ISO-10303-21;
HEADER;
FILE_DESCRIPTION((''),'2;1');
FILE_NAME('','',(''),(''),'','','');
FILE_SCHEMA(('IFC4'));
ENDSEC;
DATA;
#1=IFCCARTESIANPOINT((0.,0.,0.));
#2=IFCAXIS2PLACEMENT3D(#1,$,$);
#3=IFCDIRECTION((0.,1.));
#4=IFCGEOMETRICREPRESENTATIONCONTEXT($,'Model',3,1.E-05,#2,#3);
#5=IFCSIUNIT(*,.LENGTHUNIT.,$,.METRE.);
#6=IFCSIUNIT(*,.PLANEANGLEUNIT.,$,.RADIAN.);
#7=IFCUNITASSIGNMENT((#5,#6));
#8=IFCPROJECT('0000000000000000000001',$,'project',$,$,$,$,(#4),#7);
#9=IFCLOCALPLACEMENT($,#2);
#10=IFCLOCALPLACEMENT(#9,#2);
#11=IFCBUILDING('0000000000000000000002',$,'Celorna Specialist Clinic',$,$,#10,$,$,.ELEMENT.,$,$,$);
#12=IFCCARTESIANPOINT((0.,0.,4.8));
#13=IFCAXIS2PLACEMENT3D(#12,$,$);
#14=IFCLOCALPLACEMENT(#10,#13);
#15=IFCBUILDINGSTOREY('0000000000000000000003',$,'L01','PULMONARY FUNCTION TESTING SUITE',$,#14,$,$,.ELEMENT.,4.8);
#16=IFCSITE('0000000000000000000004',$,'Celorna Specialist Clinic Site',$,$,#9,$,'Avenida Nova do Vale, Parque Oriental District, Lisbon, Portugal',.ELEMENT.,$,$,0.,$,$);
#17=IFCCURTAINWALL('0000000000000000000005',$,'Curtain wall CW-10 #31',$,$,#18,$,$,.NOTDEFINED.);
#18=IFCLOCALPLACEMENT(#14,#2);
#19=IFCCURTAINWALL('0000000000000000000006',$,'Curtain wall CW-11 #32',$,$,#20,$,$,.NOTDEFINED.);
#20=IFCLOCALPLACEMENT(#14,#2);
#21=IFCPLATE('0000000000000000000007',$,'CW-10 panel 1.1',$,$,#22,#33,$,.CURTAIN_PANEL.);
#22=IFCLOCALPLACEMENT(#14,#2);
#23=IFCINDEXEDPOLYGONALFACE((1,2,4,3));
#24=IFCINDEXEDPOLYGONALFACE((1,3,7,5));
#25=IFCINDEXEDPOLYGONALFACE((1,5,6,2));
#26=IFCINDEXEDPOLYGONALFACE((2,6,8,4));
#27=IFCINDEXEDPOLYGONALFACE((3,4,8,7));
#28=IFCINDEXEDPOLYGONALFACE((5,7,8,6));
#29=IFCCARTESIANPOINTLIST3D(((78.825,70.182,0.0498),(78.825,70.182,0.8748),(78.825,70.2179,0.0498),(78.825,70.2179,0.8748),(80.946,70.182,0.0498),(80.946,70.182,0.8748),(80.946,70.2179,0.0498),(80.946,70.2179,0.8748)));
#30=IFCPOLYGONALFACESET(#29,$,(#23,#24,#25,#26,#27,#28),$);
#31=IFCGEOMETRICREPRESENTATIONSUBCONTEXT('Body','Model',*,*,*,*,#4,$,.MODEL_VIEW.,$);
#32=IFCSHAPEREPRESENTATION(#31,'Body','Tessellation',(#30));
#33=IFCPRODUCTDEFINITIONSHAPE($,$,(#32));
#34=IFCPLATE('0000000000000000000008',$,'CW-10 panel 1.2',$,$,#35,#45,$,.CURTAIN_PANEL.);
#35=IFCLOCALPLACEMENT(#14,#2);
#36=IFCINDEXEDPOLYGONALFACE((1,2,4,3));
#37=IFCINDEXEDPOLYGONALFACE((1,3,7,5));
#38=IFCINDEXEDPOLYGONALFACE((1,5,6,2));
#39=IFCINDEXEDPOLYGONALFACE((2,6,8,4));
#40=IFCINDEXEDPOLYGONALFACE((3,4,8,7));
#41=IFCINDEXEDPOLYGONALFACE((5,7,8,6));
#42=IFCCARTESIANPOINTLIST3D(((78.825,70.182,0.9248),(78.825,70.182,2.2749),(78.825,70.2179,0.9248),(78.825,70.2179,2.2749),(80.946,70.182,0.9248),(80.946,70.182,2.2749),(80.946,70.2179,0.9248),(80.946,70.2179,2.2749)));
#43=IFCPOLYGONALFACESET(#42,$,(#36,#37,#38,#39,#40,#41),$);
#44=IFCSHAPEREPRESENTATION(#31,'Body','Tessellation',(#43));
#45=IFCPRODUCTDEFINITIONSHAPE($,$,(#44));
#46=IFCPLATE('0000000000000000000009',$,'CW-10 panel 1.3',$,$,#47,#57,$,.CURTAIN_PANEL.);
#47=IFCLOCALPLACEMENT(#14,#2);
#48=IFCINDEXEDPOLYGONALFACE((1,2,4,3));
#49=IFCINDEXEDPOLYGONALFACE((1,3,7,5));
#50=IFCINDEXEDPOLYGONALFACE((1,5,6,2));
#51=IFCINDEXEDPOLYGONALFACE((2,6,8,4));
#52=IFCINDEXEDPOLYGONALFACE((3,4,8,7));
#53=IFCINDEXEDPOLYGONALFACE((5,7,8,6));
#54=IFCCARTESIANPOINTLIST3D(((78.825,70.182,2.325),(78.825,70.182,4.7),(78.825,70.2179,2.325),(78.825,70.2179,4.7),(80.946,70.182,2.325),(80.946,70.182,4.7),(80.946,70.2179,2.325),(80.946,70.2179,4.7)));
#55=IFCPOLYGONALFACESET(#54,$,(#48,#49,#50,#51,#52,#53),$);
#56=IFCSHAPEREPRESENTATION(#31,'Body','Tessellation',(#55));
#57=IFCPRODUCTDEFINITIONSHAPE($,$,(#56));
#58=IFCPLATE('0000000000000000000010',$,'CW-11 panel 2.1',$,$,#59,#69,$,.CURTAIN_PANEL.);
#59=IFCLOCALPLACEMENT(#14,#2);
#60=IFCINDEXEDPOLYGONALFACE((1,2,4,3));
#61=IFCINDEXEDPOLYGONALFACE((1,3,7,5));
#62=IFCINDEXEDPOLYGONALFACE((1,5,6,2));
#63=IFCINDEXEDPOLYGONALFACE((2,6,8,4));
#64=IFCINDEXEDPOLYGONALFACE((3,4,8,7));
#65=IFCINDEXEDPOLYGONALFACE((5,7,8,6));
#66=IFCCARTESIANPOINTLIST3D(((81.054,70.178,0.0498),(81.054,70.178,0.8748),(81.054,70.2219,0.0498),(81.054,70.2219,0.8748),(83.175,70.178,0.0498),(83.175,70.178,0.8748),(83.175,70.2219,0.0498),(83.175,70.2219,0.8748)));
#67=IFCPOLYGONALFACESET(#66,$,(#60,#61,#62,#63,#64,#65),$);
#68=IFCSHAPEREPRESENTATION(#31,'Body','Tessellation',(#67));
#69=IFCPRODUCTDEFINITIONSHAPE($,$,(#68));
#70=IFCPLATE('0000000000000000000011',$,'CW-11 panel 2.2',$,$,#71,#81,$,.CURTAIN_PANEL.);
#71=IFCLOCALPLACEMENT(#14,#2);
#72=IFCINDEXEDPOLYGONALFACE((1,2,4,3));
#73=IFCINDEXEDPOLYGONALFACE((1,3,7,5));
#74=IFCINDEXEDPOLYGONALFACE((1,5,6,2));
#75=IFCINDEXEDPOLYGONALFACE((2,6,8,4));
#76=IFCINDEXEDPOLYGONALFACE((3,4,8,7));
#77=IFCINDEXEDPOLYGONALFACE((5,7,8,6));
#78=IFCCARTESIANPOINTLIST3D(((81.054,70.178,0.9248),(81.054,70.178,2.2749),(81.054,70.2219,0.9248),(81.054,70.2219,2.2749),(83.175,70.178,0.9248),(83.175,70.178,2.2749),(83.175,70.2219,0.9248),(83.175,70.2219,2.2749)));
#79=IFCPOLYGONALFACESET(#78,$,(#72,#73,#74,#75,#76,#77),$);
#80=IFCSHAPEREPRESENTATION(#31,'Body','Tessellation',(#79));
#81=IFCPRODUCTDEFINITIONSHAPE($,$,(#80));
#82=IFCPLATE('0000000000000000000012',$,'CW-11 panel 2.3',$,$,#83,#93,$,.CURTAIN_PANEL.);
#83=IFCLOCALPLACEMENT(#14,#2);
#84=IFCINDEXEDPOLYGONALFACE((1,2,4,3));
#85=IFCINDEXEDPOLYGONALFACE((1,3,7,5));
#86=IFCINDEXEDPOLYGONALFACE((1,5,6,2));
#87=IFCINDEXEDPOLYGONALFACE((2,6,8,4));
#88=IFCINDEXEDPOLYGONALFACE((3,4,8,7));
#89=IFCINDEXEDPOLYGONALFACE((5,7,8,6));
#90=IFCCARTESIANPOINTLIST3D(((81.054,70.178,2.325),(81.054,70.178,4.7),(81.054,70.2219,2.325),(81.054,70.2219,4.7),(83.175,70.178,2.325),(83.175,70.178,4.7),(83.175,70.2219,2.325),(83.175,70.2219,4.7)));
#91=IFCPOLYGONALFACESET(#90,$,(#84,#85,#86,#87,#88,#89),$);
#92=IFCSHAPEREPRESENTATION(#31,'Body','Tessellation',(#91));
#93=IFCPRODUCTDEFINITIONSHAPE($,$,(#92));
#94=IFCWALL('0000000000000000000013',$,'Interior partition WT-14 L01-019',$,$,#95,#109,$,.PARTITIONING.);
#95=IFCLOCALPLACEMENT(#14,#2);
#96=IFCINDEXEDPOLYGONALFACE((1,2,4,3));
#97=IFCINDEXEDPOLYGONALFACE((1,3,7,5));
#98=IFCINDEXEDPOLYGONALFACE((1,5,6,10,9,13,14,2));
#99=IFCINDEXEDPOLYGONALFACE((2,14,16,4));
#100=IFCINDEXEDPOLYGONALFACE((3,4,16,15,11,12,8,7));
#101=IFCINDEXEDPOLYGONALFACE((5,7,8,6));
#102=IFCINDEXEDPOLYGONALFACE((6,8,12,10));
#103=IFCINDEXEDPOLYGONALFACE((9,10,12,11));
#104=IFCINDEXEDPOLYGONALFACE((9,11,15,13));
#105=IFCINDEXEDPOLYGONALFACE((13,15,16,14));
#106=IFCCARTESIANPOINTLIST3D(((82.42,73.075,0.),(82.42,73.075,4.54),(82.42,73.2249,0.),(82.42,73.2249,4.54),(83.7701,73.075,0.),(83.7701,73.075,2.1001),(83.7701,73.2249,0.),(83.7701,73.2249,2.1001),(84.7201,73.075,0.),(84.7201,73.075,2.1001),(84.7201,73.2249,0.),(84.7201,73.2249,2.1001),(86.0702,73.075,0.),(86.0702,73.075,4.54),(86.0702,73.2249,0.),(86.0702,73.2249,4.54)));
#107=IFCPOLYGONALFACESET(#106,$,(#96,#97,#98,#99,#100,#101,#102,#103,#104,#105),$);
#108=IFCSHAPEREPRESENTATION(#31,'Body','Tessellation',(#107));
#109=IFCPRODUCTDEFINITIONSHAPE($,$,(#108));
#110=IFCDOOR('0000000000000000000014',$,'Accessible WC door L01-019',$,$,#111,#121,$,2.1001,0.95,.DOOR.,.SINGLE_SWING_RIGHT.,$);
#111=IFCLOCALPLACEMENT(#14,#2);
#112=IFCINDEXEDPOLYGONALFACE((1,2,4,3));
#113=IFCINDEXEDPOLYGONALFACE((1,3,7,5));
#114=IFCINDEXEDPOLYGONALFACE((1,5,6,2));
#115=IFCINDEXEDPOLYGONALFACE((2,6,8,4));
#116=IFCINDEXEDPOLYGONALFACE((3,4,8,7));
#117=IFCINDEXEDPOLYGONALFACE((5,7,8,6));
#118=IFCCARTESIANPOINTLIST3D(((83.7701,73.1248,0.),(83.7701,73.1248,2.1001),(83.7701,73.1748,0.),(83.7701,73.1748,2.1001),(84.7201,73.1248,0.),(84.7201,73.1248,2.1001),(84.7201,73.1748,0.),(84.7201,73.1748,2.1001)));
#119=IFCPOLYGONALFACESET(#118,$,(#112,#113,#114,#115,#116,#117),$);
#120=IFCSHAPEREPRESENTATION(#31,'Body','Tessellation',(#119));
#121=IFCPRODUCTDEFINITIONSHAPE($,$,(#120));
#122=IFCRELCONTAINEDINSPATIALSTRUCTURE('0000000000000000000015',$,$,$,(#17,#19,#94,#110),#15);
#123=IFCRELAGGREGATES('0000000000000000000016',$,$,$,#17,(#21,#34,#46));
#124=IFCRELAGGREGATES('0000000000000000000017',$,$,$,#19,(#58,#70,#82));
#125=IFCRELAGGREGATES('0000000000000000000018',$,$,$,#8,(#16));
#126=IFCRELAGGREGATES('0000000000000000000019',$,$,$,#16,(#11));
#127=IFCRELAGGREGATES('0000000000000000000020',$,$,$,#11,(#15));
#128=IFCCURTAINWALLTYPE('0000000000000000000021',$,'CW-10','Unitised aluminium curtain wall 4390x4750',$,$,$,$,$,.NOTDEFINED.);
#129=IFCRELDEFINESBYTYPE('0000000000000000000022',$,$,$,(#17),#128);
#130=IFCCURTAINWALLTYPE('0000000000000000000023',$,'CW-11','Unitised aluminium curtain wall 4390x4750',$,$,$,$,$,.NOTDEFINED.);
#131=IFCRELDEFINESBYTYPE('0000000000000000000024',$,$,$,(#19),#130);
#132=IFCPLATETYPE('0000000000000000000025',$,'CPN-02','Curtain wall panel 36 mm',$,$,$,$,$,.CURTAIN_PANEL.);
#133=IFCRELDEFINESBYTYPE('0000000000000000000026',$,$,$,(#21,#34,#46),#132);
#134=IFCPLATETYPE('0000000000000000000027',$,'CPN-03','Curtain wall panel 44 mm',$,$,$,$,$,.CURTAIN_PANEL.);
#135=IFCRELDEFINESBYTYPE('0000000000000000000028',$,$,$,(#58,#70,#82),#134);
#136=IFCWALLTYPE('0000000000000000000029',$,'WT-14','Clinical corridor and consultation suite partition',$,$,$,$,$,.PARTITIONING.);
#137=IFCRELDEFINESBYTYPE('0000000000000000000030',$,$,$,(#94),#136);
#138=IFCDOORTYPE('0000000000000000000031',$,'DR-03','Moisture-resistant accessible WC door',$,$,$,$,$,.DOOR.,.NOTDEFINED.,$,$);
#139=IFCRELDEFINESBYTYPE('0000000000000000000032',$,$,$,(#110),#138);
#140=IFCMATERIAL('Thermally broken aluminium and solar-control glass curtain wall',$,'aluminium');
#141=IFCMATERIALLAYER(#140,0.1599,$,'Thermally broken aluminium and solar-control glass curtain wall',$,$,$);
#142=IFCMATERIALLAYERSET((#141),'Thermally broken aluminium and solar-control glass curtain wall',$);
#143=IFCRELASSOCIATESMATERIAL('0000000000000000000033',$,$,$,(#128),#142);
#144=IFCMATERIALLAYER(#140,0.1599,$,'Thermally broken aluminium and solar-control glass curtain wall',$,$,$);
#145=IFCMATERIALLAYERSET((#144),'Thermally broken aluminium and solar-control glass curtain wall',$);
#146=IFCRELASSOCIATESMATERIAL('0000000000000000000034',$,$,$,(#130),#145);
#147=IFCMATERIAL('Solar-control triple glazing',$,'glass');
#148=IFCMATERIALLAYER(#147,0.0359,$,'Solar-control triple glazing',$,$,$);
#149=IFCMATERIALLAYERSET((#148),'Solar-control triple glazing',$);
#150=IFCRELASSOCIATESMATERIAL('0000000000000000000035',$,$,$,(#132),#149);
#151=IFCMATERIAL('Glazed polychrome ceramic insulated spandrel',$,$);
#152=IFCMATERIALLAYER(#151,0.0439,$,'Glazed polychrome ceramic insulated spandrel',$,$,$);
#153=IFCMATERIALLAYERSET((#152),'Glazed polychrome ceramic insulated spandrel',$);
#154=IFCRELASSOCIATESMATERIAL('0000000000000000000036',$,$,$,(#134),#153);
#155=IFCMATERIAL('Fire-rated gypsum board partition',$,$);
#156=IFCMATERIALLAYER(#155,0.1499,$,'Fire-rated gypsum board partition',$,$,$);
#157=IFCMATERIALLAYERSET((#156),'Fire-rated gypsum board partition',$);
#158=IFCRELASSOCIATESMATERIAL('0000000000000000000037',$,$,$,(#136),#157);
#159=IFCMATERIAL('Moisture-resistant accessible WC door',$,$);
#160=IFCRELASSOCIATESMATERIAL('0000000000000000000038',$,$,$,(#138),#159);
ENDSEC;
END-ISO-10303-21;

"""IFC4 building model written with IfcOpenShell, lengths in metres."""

from ifc_helpers import new_model, si_unit, direction, frame, frame_2d, origin, origin_2d, place, context, subcontext, project, spatial, rectangle, extrude, material, layer, layer_set, type_object, element, fill, aggregate, save


model = new_model("IFC4")

# Units and contexts
model_context = context("Model", 3, precision=1e-05, world=origin(), true_north=direction((0.0, 1.0)))
body_context = subcontext(model_context, "Body", "Model", "MODEL_VIEW")
ifc_project = project(units=[si_unit("LENGTHUNIT", "METRE"), si_unit("PLANEANGLEUNIT", "RADIAN")], contexts=[model_context])

# Site, building, storey
site_placement = place(None, origin())
site = spatial("IfcSite", under=ifc_project, at=site_placement, Name="Celorna Specialist Clinic Site", LongName="Avenida Nova do Vale, Parque Oriental District, Lisbon, Portugal", CompositionType="ELEMENT", RefElevation=0.0)
building_placement = place(site_placement, origin())
building = spatial("IfcBuilding", under=site, at=building_placement, Name="Celorna Specialist Clinic", CompositionType="ELEMENT")
storey_placement = place(building_placement, frame((0.0, 0.0, 4.8)))
storey = spatial("IfcBuildingStorey", under=building, at=storey_placement, Name="L01", Description="PULMONARY FUNCTION TESTING SUITE", CompositionType="ELEMENT", Elevation=4.8)

# Curtain wall
ifc_material_1 = material(Name="Thermally broken aluminium and solar-control glass curtain wall", Category="aluminium")
ifc_layer_1 = layer(ifc_material_1, 0.1599, Name="Thermally broken aluminium and solar-control glass curtain wall")
ifc_layer_set_1 = layer_set([ifc_layer_1], Name="Thermally broken aluminium and solar-control glass curtain wall")
curtain_wall_type_1 = type_object("IfcCurtainWallType", Name="CW-10", Description="Unitised aluminium curtain wall 4390x4750", PredefinedType="NOTDEFINED", material=ifc_layer_set_1)
curtain_wall_1_placement = place(storey_placement, origin())
curtain_wall_1 = element("IfcCurtainWall", 1, at=curtain_wall_1_placement, inside=storey, type_object=curtain_wall_type_1, Name="Curtain wall CW-10 #31", PredefinedType="NOTDEFINED")

# Curtain wall
ifc_layer_2 = layer(ifc_material_1, 0.1599, Name="Thermally broken aluminium and solar-control glass curtain wall")
ifc_layer_set_2 = layer_set([ifc_layer_2], Name="Thermally broken aluminium and solar-control glass curtain wall")
curtain_wall_type_2 = type_object("IfcCurtainWallType", Name="CW-11", Description="Unitised aluminium curtain wall 4390x4750", PredefinedType="NOTDEFINED", material=ifc_layer_set_2)
curtain_wall_2_placement = place(storey_placement, origin())
curtain_wall_2 = element("IfcCurtainWall", 2, at=curtain_wall_2_placement, inside=storey, type_object=curtain_wall_type_2, Name="Curtain wall CW-11 #32", PredefinedType="NOTDEFINED")

# Plates
ifc_material_2 = material(Name="Solar-control triple glazing", Category="glass")
ifc_layer_3 = layer(ifc_material_2, 0.0359, Name="Solar-control triple glazing")
ifc_layer_set_3 = layer_set([ifc_layer_3], Name="Solar-control triple glazing")
plate_type_1 = type_object("IfcPlateType", Name="CPN-02", Description="Curtain wall panel 36 mm", PredefinedType="CURTAIN_PANEL", material=ifc_layer_set_3)
plate_1_placement = place(storey_placement, frame((79.8855, 70.2, 0.0498), z_axis=(0.0, 0.0, 1.0), x_axis=(-1.0, 0.0, 0.0)))
plate_1 = element("IfcPlate", 3, at=plate_1_placement, type_object=plate_type_1, Name="CW-10 panel 1.1", PredefinedType="CURTAIN_PANEL", context=body_context, shape_type="SweptSolid", body=[
    extrude(rectangle(XDim=2.1211, YDim=0.0359, at=origin_2d()), origin(), (0.0, 0.0, 1.0), 0.825),
])
plate_2_placement = place(storey_placement, frame((79.8855, 70.2, 0.9248), z_axis=(0.0, 0.0, 1.0), x_axis=(-1.0, 0.0, 0.0)))
plate_2 = element("IfcPlate", 4, at=plate_2_placement, type_object=plate_type_1, Name="CW-10 panel 1.2", PredefinedType="CURTAIN_PANEL", context=body_context, shape_type="SweptSolid", body=[
    extrude(rectangle(XDim=2.1211, YDim=0.0359, at=origin_2d()), origin(), (0.0, 0.0, 1.0), 1.3501),
])
plate_3_placement = place(storey_placement, frame((79.8855, 70.2, 2.325), z_axis=(0.0, 0.0, 1.0), x_axis=(-1.0, 0.0, 0.0)))
plate_3 = element("IfcPlate", 5, at=plate_3_placement, type_object=plate_type_1, Name="CW-10 panel 1.3", PredefinedType="CURTAIN_PANEL", context=body_context, shape_type="SweptSolid", body=[
    extrude(rectangle(XDim=2.1211, YDim=0.0359, at=origin_2d()), origin(), (0.0, 0.0, 1.0), 2.375),
])
aggregate(curtain_wall_1, [plate_1, plate_2, plate_3])
ifc_material_3 = material(Name="Glazed polychrome ceramic insulated spandrel")
ifc_layer_4 = layer(ifc_material_3, 0.0439, Name="Glazed polychrome ceramic insulated spandrel")
ifc_layer_set_4 = layer_set([ifc_layer_4], Name="Glazed polychrome ceramic insulated spandrel")
plate_type_2 = type_object("IfcPlateType", Name="CPN-03", Description="Curtain wall panel 44 mm", PredefinedType="CURTAIN_PANEL", material=ifc_layer_set_4)
plate_4_placement = place(storey_placement, frame((82.1145, 70.2, 0.0498), z_axis=(0.0, 0.0, 1.0), x_axis=(-1.0, 0.0, 0.0)))
plate_4 = element("IfcPlate", 6, at=plate_4_placement, type_object=plate_type_2, Name="CW-11 panel 2.1", PredefinedType="CURTAIN_PANEL", context=body_context, shape_type="SweptSolid", body=[
    extrude(rectangle(XDim=2.1211, YDim=0.0439, at=origin_2d()), origin(), (0.0, 0.0, 1.0), 0.825),
])
plate_5_placement = place(storey_placement, frame((82.1145, 70.2, 0.9248), z_axis=(0.0, 0.0, 1.0), x_axis=(-1.0, 0.0, 0.0)))
plate_5 = element("IfcPlate", 7, at=plate_5_placement, type_object=plate_type_2, Name="CW-11 panel 2.2", PredefinedType="CURTAIN_PANEL", context=body_context, shape_type="SweptSolid", body=[
    extrude(rectangle(XDim=2.1211, YDim=0.0439, at=origin_2d()), origin(), (0.0, 0.0, 1.0), 1.3501),
])
plate_6_placement = place(storey_placement, frame((82.1145, 70.2, 2.325), z_axis=(0.0, 0.0, 1.0), x_axis=(-1.0, 0.0, 0.0)))
plate_6 = element("IfcPlate", 8, at=plate_6_placement, type_object=plate_type_2, Name="CW-11 panel 2.3", PredefinedType="CURTAIN_PANEL", context=body_context, shape_type="SweptSolid", body=[
    extrude(rectangle(XDim=2.1211, YDim=0.0439, at=origin_2d()), origin(), (0.0, 0.0, 1.0), 2.375),
])
aggregate(curtain_wall_2, [plate_4, plate_5, plate_6])

# Wall, opening, door
ifc_material_4 = material(Name="Fire-rated gypsum board partition")
ifc_layer_5 = layer(ifc_material_4, 0.1499, Name="Fire-rated gypsum board partition")
ifc_layer_set_5 = layer_set([ifc_layer_5], Name="Fire-rated gypsum board partition")
wall_type = type_object("IfcWallType", Name="WT-14", Description="Clinical corridor and consultation suite partition", PredefinedType="PARTITIONING", material=ifc_layer_set_5)
wall_placement = place(storey_placement, frame((82.4199, 73.1499, 0.0), z_axis=(0.0, 0.0, 1.0), x_axis=(1.0, 0.0, 0.0)))
wall = element("IfcWall", 9, at=wall_placement, inside=storey, type_object=wall_type, Name="Interior partition WT-14 L01-019", PredefinedType="PARTITIONING", context=body_context, shape_type="SweptSolid", body=[
    extrude(rectangle(XDim=3.6501, YDim=0.1499, at=frame_2d((1.8252, 0.0))), origin(), (0.0, 0.0, 1.0), 4.54),
])
opening_placement = place(wall_placement, frame((1.3501, 0.0, 0.0)))
opening = element("IfcOpeningElement", 10, at=opening_placement, cuts=wall, PredefinedType="OPENING", context=body_context, shape_type="SweptSolid", body=[
    extrude(rectangle(XDim=0.95, YDim=2.1001, at=frame_2d((0.4751, 1.05))), frame((0.0, 0.085, 0.0), z_axis=(0.0, -1.0, 0.0), x_axis=(1.0, 0.0, 0.0)), (0.0, 0.0, 1.0), 0.1699),
])
ifc_material_5 = material(Name="Moisture-resistant accessible WC door")
door_type = type_object("IfcDoorType", Name="DR-03", Description="Moisture-resistant accessible WC door", OperationType="NOTDEFINED", PredefinedType="DOOR", material=ifc_material_5)
door_placement = place(opening_placement, origin())
door = element("IfcDoor", 11, at=door_placement, inside=storey, type_object=door_type, Name="Accessible WC door L01-019", OperationType="SINGLE_SWING_RIGHT", OverallHeight=2.1001, OverallWidth=0.95, PredefinedType="DOOR", context=body_context, shape_type="SweptSolid", body=[
    extrude(rectangle(XDim=0.95, YDim=2.1001, at=frame_2d((0.4751, 1.05))), frame((0.0, 0.0249, 0.0), z_axis=(0.0, -1.0, 0.0), x_axis=(1.0, 0.0, 0.0)), (0.0, 0.0, 1.0), 0.05),
])
fill(opening, door)

save(model, "model.ifc")
